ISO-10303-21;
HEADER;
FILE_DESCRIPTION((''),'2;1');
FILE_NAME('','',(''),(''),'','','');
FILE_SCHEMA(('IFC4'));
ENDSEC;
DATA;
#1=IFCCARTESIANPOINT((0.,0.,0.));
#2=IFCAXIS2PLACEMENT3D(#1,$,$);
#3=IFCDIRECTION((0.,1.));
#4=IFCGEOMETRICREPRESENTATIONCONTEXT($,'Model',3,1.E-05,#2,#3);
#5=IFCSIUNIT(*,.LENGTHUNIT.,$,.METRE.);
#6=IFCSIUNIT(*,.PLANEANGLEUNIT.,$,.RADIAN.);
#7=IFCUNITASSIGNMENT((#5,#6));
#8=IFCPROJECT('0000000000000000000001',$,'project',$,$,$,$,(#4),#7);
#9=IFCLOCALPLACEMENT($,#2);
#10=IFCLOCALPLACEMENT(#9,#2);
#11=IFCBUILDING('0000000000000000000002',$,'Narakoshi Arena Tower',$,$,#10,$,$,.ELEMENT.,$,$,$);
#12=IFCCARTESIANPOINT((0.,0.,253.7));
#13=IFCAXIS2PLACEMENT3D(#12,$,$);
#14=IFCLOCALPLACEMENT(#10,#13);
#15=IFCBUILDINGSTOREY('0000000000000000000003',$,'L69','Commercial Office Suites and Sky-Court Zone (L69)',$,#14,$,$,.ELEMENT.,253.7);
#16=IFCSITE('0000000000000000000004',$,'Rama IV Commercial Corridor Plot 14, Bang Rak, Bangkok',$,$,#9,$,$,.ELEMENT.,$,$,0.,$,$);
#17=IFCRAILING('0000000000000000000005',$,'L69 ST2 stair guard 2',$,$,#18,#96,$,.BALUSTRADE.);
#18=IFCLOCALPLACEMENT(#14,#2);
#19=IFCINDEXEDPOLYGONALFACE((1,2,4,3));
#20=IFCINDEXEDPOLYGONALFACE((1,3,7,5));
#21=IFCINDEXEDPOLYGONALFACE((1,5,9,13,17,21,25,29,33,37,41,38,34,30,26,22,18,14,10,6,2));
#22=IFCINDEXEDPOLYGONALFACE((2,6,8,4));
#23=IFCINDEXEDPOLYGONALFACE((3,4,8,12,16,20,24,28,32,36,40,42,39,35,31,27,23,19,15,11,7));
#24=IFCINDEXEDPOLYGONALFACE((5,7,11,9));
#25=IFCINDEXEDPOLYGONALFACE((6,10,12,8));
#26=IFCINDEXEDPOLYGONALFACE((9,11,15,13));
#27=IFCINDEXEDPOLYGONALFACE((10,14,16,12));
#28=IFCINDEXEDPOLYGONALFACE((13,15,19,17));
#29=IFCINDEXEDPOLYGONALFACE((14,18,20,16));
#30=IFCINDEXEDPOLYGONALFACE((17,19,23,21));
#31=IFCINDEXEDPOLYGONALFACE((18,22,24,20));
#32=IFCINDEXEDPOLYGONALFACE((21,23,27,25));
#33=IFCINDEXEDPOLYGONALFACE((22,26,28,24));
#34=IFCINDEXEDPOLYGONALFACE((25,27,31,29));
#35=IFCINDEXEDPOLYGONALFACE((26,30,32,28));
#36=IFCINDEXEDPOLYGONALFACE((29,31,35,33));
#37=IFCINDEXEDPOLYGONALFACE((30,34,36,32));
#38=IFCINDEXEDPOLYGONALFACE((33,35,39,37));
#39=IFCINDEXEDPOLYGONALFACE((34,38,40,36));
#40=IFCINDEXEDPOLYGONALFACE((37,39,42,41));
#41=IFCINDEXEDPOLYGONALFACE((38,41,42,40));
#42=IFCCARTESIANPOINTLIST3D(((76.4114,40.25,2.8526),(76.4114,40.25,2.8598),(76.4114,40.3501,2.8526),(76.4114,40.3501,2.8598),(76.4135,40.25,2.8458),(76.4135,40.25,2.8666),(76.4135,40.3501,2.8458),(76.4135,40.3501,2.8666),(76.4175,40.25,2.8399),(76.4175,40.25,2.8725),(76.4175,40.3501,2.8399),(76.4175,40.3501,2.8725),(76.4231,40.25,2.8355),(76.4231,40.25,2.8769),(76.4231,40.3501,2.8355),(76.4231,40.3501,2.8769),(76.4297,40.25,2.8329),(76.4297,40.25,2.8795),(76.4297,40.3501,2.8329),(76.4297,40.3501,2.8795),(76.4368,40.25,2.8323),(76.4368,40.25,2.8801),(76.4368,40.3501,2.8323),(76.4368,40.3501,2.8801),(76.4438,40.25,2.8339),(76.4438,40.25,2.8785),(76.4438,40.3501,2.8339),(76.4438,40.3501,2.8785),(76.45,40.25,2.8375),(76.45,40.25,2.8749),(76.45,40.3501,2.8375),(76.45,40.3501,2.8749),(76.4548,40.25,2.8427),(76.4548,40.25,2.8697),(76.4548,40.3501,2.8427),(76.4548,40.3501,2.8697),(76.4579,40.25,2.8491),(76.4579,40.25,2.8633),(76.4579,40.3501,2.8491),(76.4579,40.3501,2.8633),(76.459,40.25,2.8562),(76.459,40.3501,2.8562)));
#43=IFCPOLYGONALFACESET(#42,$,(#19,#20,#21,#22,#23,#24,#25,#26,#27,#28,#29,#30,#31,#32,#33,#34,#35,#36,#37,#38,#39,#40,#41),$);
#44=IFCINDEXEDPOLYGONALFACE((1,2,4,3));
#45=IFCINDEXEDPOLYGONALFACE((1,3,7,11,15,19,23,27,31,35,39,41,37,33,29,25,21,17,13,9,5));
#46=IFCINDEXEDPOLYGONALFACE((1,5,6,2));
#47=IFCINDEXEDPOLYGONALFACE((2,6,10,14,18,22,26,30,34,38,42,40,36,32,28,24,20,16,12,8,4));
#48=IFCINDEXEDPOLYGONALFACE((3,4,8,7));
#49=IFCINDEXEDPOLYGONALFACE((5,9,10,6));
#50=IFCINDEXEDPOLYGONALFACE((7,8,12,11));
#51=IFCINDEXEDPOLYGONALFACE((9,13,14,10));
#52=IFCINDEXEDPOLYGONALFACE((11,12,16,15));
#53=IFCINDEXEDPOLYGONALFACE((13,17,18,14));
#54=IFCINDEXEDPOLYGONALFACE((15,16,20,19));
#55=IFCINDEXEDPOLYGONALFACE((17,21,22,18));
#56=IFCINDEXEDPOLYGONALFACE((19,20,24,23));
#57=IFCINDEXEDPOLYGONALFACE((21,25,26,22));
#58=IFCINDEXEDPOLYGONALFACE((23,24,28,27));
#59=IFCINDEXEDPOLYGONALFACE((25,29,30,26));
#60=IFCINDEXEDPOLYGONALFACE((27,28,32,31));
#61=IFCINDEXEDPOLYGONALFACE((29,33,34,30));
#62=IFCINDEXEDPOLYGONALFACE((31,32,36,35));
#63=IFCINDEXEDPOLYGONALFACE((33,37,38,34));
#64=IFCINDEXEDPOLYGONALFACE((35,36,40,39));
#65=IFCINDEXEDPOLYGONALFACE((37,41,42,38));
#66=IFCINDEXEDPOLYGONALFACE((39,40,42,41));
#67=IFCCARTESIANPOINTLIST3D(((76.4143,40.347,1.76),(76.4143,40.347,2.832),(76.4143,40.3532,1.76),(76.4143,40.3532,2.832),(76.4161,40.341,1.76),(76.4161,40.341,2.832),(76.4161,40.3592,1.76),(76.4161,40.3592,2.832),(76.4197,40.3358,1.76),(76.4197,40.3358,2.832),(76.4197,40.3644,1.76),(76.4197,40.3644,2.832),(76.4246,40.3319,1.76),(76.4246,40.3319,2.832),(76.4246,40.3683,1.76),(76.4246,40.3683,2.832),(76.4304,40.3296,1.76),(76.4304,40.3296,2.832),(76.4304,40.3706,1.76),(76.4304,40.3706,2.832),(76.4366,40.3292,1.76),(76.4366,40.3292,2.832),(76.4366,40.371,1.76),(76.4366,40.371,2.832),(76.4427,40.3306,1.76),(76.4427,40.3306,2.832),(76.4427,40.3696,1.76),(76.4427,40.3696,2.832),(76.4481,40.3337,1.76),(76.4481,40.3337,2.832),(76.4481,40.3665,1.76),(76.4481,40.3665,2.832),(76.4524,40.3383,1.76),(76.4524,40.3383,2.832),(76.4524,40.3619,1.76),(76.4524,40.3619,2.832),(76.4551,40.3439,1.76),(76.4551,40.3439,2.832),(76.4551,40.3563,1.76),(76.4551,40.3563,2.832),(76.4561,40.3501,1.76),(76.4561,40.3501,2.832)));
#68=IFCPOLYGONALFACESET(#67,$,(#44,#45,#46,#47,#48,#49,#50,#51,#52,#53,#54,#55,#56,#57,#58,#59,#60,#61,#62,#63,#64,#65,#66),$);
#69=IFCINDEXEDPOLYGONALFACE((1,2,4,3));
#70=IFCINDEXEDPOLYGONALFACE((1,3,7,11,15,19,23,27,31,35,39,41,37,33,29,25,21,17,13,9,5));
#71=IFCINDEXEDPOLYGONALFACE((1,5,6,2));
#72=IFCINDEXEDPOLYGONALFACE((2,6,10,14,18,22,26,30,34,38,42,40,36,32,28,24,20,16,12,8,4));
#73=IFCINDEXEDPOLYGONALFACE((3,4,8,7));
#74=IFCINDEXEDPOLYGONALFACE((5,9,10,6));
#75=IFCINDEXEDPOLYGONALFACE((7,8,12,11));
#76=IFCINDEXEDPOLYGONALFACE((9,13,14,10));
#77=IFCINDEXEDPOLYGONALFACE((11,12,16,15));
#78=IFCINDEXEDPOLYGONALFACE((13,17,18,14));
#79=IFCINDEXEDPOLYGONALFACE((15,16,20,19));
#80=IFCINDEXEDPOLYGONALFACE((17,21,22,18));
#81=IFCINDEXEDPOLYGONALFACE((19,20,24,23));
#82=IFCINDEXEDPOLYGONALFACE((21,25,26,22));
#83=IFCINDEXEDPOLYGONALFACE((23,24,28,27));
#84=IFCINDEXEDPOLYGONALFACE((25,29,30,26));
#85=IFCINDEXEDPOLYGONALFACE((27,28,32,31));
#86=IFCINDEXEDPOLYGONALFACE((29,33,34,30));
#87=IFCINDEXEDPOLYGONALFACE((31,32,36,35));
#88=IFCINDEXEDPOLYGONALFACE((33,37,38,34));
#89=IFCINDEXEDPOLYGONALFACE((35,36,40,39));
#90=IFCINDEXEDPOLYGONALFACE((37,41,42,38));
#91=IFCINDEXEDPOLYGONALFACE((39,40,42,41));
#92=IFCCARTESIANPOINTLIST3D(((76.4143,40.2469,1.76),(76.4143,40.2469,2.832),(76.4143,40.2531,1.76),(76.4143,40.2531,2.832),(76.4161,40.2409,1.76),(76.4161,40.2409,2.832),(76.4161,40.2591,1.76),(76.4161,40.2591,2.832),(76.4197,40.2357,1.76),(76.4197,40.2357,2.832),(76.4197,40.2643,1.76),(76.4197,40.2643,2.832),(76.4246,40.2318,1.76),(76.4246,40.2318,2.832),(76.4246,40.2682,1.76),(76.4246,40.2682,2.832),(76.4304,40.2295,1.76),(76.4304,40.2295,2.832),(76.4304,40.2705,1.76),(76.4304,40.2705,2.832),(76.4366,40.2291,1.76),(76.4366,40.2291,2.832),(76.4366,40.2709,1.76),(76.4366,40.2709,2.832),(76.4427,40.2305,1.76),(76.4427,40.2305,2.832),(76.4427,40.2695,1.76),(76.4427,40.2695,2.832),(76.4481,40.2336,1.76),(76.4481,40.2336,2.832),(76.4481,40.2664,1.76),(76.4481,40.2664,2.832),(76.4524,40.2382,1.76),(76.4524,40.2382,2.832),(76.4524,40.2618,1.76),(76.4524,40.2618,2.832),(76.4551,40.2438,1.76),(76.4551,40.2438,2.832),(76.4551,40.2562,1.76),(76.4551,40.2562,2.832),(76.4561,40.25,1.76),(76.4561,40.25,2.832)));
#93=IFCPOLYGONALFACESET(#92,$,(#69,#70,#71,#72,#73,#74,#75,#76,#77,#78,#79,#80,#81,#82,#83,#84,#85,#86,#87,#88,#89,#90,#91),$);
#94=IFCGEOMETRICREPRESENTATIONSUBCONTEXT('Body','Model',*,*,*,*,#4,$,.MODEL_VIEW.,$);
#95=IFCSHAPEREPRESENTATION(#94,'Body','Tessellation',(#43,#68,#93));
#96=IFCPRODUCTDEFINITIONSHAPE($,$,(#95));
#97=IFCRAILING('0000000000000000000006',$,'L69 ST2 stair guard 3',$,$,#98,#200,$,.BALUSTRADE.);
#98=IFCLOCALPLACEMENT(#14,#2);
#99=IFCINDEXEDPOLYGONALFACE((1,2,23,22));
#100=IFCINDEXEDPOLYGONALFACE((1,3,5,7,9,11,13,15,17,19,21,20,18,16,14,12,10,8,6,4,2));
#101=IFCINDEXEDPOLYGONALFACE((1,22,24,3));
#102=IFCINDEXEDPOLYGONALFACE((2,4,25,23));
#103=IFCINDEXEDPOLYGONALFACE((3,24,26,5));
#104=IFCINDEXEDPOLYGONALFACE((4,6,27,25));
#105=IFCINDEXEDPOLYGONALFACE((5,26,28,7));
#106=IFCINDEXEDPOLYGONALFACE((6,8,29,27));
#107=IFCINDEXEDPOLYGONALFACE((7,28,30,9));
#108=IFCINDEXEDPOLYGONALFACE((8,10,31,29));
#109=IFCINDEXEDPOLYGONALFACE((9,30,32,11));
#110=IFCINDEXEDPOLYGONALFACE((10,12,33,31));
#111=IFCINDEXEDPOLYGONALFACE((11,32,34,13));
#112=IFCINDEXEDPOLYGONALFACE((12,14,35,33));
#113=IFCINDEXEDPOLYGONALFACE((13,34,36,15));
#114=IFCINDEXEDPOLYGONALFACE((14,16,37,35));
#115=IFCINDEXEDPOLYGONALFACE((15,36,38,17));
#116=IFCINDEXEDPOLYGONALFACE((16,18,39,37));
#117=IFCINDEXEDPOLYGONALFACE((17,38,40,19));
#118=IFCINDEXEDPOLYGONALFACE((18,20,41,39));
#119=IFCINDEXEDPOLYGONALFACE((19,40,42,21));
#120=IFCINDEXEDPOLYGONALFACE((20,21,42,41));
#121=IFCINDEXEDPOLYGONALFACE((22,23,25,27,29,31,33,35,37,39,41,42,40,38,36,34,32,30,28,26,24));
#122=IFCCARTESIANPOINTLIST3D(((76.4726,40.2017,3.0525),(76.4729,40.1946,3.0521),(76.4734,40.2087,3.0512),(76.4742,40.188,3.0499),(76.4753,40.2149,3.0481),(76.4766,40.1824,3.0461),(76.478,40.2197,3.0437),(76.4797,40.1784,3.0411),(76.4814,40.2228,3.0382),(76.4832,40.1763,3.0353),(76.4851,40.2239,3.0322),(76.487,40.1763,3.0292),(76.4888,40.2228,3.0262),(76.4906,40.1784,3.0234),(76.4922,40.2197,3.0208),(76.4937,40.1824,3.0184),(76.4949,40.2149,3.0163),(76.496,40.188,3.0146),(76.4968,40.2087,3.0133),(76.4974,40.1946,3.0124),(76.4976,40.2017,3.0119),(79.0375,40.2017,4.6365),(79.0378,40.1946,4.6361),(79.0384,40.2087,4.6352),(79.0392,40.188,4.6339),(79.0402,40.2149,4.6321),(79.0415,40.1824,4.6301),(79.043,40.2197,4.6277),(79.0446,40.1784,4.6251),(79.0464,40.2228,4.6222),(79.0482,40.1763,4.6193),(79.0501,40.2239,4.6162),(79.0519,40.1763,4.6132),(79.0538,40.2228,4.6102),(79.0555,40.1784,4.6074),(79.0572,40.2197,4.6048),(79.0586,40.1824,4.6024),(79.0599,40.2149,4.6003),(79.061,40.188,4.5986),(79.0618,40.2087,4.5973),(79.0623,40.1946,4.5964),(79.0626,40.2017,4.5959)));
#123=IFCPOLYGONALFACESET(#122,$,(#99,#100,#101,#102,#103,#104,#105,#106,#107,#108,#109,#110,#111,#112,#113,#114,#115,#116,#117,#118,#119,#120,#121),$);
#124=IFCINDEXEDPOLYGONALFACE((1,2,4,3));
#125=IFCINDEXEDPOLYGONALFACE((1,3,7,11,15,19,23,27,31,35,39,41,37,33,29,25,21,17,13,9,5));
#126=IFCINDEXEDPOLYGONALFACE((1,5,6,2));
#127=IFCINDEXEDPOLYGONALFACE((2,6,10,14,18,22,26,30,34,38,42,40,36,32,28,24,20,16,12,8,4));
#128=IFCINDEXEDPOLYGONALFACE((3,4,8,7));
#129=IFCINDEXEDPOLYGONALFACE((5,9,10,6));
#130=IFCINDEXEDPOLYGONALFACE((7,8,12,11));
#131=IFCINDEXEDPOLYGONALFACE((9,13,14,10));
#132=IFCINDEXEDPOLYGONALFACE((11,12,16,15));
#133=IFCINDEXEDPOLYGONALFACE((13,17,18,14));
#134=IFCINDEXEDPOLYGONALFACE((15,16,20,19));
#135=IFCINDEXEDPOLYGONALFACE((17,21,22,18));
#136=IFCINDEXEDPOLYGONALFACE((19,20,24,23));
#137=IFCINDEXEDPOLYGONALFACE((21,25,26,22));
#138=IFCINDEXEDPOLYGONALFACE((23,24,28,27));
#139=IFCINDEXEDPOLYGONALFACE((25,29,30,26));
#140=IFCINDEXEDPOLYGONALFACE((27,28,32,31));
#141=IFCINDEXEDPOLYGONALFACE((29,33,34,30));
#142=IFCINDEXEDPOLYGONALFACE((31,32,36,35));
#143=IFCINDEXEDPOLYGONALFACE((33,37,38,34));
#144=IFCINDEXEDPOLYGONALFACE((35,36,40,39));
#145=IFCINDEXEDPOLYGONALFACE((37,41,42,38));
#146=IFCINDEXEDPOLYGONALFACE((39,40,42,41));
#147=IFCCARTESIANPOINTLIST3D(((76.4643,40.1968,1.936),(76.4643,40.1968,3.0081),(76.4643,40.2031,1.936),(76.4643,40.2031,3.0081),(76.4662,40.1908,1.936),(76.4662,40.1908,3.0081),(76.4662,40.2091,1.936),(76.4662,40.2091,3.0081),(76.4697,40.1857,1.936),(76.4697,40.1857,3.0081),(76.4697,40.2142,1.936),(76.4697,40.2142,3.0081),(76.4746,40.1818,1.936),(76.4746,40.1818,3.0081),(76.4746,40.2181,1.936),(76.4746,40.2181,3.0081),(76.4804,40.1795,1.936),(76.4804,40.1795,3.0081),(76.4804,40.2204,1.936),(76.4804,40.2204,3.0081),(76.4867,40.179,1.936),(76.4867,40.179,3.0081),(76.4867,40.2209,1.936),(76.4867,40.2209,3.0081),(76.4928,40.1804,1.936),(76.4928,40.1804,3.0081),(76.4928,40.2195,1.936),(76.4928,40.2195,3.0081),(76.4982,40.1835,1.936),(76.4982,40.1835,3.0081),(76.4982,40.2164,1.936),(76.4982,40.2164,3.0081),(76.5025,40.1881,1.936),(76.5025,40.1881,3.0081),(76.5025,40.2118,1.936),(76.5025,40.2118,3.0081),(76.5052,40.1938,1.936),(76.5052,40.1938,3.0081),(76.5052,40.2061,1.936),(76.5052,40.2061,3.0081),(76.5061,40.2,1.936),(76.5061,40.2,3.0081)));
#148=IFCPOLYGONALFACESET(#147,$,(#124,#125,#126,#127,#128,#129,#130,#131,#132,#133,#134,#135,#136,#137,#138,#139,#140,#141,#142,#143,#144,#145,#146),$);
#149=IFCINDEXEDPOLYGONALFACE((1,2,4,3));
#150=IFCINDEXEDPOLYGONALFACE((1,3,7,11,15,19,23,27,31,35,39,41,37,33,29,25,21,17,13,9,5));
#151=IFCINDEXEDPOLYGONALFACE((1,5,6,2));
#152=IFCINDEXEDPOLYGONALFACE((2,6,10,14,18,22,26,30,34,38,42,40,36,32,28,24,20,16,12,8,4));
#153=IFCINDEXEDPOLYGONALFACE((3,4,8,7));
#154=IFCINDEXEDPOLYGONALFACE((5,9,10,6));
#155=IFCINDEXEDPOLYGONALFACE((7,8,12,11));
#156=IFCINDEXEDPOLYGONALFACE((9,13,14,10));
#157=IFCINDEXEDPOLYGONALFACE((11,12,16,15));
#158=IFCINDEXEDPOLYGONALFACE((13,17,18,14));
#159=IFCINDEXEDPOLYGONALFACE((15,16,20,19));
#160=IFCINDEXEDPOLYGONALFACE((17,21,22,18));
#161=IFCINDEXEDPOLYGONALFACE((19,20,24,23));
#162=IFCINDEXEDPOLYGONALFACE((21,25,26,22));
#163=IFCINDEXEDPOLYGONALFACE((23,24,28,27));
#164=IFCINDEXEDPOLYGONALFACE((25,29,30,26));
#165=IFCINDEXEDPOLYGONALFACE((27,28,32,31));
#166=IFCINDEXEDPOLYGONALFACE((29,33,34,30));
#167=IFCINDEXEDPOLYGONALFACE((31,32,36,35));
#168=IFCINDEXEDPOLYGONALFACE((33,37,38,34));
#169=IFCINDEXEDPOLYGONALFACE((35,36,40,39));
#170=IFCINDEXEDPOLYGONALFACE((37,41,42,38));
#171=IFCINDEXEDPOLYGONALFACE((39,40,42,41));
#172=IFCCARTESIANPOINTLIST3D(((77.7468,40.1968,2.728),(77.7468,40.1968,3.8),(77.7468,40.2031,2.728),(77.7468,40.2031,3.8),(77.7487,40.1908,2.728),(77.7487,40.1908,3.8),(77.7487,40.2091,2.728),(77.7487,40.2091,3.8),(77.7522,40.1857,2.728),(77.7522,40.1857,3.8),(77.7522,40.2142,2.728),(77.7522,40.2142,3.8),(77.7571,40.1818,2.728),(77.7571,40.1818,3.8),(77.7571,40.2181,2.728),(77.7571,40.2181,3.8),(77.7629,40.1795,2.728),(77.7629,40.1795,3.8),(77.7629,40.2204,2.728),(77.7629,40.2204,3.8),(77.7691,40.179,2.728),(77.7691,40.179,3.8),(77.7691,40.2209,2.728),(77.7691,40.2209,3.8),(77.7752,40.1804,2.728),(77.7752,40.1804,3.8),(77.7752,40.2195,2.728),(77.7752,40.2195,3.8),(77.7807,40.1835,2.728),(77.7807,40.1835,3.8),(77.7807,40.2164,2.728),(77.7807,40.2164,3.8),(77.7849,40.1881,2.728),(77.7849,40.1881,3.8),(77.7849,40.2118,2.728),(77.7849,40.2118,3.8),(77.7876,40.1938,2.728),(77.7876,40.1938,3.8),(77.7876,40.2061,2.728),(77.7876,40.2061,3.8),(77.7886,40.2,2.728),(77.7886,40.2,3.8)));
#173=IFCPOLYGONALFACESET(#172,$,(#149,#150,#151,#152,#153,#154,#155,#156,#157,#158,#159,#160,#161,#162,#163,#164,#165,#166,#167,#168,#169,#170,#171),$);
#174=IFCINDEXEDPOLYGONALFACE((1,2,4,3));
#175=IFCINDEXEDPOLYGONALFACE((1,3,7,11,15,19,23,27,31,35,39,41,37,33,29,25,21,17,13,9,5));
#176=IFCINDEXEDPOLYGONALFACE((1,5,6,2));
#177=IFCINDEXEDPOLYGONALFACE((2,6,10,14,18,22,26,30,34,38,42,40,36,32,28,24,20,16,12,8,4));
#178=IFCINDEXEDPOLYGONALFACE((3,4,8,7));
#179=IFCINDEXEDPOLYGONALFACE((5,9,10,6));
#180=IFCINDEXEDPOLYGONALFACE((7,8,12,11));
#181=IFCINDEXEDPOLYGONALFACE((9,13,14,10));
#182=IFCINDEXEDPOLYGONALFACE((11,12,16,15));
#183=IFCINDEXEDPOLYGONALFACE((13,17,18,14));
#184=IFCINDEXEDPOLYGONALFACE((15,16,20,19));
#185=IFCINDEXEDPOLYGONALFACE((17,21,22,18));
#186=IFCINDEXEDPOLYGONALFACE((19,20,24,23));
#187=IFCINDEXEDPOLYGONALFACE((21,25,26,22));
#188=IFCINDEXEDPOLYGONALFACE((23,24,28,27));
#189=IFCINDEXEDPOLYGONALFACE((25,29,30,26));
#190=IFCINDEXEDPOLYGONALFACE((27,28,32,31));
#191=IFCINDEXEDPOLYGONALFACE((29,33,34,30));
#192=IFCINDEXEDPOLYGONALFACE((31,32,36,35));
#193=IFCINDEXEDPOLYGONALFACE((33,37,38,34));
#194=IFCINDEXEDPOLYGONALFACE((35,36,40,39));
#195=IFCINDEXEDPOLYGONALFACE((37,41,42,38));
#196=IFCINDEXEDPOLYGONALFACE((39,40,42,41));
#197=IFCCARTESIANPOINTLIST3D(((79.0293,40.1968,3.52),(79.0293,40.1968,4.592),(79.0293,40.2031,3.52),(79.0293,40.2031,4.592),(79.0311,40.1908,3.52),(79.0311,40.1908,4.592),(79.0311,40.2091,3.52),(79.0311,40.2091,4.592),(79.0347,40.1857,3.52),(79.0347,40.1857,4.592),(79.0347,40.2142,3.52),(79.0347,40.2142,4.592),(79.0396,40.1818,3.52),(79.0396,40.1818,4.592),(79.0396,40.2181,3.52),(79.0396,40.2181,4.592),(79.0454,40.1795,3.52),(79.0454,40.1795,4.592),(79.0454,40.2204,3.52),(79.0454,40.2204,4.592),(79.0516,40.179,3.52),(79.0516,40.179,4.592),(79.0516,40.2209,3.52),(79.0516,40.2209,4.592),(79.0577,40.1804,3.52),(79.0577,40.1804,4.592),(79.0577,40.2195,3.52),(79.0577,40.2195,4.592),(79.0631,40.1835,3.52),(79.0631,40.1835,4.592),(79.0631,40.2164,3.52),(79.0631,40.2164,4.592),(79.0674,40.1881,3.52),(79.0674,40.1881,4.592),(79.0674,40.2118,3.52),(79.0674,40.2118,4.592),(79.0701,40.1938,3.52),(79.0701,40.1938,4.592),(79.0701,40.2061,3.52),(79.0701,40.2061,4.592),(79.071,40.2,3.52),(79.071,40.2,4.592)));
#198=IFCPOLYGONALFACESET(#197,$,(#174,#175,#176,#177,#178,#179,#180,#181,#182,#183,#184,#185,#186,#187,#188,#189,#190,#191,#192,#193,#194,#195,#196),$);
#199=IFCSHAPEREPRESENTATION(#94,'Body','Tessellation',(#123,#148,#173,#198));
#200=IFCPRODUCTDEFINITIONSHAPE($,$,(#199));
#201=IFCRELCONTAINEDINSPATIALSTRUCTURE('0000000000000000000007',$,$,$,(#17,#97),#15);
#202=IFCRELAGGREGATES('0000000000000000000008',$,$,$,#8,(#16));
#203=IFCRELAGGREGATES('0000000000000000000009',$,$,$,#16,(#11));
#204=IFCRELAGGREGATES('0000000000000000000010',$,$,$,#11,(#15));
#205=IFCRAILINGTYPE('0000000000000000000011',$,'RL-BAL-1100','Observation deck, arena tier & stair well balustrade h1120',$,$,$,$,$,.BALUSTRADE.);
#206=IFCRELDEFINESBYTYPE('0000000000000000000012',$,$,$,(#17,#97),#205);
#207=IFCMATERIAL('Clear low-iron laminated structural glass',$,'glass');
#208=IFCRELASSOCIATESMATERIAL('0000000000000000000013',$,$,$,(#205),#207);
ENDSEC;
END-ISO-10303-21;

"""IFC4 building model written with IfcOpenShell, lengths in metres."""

from ifc_helpers import new_model, si_unit, direction, frame, origin, origin_2d, place, context, subcontext, project, spatial, circle, extrude, material, type_object, element, save


model = new_model("IFC4")

# Units and contexts
model_context = context("Model", 3, precision=1e-05, world=origin(), true_north=direction((0.0, 1.0)))
body_context = subcontext(model_context, "Body", "Model", "MODEL_VIEW")
ifc_project = project(units=[si_unit("LENGTHUNIT", "METRE"), si_unit("PLANEANGLEUNIT", "RADIAN")], contexts=[model_context])

# Site, building, storey
site_placement = place(None, origin())
site = spatial("IfcSite", under=ifc_project, at=site_placement, Name="Rama IV Commercial Corridor Plot 14, Bang Rak, Bangkok", CompositionType="ELEMENT", RefElevation=0.0)
building_placement = place(site_placement, origin())
building = spatial("IfcBuilding", under=site, at=building_placement, Name="Narakoshi Arena Tower", CompositionType="ELEMENT")
storey_placement = place(building_placement, frame((0.0, 0.0, 253.7)))
storey = spatial("IfcBuildingStorey", under=building, at=storey_placement, Name="L69", Description="Commercial Office Suites and Sky-Court Zone (L69)", CompositionType="ELEMENT", Elevation=253.7)

# Railings
ifc_material_1 = material(Name="Clear low-iron laminated structural glass", Category="glass")
railing_type_1 = type_object("IfcRailingType", Name="RL-BAL-1100", Description="Observation deck, arena tier & stair well balustrade h1120", PredefinedType="BALUSTRADE", material=ifc_material_1)
railing_1_placement = place(storey_placement, frame((76.4351, 40.3501, 1.76)))
element("IfcRailing", 1, at=railing_1_placement, inside=storey, type_object=railing_type_1, Name="L69 ST2 stair guard 2", PredefinedType="BALUSTRADE", context=body_context, shape_type="SweptSolid", body=[
    extrude(circle(Radius=0.0239, at=origin_2d()), frame((0.0, 0.0, 1.0962), z_axis=(0.0, -1.0, 0.0), x_axis=(1.0, 0.0, 0.0)), (0.0, 0.0, 1.0), 0.1001),
    extrude(circle(Radius=0.021, at=origin_2d()), origin(), (0.0, 0.0, 1.0), 1.072),
    extrude(circle(Radius=0.021, at=origin_2d()), frame((0.0, -0.1001, 0.0)), (0.0, 0.0, 1.0), 1.072),
])
railing_2_placement = place(storey_placement, frame((76.4851, 40.2, 1.936)))
element("IfcRailing", 2, at=railing_2_placement, inside=storey, type_object=railing_type_1, Name="L69 ST2 stair guard 3", PredefinedType="BALUSTRADE", context=body_context, shape_type="SweptSolid", body=[
    extrude(circle(Radius=0.0239, at=origin_2d()), frame((0.0, 0.0, 1.0962), z_axis=(0.850834, 0.0, 0.525434), x_axis=(0.0, 1.0, 0.0)), (0.0, 0.0, 1.0), 3.0146),
    extrude(circle(Radius=0.021, at=origin_2d()), origin(), (0.0, 0.0, 1.0), 1.072),
    extrude(circle(Radius=0.021, at=origin_2d()), frame((1.2825, 0.0, 0.792)), (0.0, 0.0, 1.0), 1.072),
    extrude(circle(Radius=0.021, at=origin_2d()), frame((2.5649, 0.0, 1.584)), (0.0, 0.0, 1.0), 1.072),
])

save(model, "model.ifc")
